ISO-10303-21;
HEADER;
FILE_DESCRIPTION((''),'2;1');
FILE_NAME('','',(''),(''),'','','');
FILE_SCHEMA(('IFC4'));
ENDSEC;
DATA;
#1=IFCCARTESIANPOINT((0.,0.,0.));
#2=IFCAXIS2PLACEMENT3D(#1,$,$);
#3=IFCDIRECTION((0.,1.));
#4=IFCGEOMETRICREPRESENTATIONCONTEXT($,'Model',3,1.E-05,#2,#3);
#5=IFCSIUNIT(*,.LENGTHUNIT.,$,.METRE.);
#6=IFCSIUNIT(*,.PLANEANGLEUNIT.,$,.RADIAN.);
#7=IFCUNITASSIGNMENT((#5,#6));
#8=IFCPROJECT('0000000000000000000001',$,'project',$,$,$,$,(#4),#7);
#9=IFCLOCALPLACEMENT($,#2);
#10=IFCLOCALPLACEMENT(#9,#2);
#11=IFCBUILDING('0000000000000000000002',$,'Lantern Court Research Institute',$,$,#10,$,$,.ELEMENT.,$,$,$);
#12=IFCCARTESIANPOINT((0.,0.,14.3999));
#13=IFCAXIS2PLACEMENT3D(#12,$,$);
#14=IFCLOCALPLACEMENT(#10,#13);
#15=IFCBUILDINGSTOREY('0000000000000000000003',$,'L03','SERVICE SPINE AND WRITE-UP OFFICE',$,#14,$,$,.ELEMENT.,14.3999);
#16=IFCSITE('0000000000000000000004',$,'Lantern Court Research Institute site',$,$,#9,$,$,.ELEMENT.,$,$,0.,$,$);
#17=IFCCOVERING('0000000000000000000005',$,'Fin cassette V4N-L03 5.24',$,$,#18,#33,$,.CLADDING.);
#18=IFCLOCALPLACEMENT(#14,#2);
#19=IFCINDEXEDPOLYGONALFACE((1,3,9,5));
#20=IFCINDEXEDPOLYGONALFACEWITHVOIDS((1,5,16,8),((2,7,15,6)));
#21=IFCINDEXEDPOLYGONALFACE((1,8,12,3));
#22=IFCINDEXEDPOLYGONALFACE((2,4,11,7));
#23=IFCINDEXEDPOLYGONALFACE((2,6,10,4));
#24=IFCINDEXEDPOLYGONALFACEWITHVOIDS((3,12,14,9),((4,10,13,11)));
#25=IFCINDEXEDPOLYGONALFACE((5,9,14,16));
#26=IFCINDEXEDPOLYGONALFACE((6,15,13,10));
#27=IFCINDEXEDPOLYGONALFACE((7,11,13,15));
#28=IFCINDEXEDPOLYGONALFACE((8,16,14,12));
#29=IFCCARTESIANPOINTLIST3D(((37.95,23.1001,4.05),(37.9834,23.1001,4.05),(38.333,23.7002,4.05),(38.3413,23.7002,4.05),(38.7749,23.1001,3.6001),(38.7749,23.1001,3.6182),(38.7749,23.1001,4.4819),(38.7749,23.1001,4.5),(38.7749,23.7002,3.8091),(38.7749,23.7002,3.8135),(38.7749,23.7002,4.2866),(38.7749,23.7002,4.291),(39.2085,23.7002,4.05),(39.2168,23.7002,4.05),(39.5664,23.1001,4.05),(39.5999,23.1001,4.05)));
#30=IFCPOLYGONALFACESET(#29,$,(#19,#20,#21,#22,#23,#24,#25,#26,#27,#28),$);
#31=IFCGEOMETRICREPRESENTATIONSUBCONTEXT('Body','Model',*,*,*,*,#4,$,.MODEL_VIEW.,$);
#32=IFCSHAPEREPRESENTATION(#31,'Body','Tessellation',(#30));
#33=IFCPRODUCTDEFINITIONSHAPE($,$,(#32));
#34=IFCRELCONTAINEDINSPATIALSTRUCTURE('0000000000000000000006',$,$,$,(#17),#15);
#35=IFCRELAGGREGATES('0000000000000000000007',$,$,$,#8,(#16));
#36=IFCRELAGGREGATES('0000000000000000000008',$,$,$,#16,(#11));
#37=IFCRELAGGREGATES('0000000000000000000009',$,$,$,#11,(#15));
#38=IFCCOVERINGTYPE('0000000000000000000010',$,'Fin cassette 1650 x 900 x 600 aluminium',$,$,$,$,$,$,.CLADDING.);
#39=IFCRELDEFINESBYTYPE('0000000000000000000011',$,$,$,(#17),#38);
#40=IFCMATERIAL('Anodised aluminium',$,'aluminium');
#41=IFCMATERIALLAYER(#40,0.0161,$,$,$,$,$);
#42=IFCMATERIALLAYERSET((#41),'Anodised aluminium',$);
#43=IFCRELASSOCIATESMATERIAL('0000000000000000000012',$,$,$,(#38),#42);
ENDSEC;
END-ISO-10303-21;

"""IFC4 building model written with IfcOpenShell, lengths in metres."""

from ifc_helpers import new_model, entity, si_unit, direction, frame, origin, place, context, subcontext, project, spatial, material, layer, layer_set, type_object, element, save


model = new_model("IFC4")

# Units and contexts
model_context = context("Model", 3, precision=1e-05, world=origin(), true_north=direction((0.0, 1.0)))
body_context = subcontext(model_context, "Body", "Model", "MODEL_VIEW")
ifc_project = project(units=[si_unit("LENGTHUNIT", "METRE"), si_unit("PLANEANGLEUNIT", "RADIAN")], contexts=[model_context])

# Site, building, storey
site_placement = place(None, origin())
site = spatial("IfcSite", under=ifc_project, at=site_placement, Name="Lantern Court Research Institute site", CompositionType="ELEMENT", RefElevation=0.0)
building_placement = place(site_placement, origin())
building = spatial("IfcBuilding", under=site, at=building_placement, Name="Lantern Court Research Institute", CompositionType="ELEMENT")
storey_placement = place(building_placement, frame((0.0, 0.0, 14.3999)))
storey = spatial("IfcBuildingStorey", under=building, at=storey_placement, Name="L03", Description="SERVICE SPINE AND WRITE-UP OFFICE", CompositionType="ELEMENT", Elevation=14.3999)

# Covering
ifc_material_1 = material(Name="Anodised aluminium", Category="aluminium")
ifc_layer_1 = layer(ifc_material_1, 0.0161)
ifc_layer_set_1 = layer_set([ifc_layer_1], Name="Anodised aluminium")
covering_type = type_object("IfcCoveringType", Name="Fin cassette 1650 x 900 x 600 aluminium", PredefinedType="CLADDING", material=ifc_layer_set_1)
covering_1_placement = place(storey_placement, frame((38.7749, 23.1001, 4.05), z_axis=(0.0, 1.0, 0.0), x_axis=(-1.0, 0.0, 0.0)))
cartesian_point_1 = entity("IfcCartesianPoint", [0.825, 0.0])
cartesian_point_2 = entity("IfcCartesianPoint", [0.7915, 0.0])
cartesian_point_3 = entity("IfcCartesianPoint", [0.4419, 0.0])
cartesian_point_4 = entity("IfcCartesianPoint", [0.4336, 0.0])
element("IfcCovering", 1, at=covering_1_placement, inside=storey, type_object=covering_type, Name="Fin cassette V4N-L03 5.24", PredefinedType="CLADDING", context=body_context, shape_type="SweptSolid", body=[
    entity("IfcExtrudedAreaSolidTapered", entity("IfcArbitraryProfileDefWithVoids", "AREA", None, entity("IfcPolyline", [cartesian_point_1, entity("IfcCartesianPoint", [0.0, 0.45]), entity("IfcCartesianPoint", [-0.825, 0.0]), entity("IfcCartesianPoint", [0.0, -0.45]), cartesian_point_1]), [entity("IfcPolyline", [cartesian_point_2, entity("IfcCartesianPoint", [0.0, 0.4319]), entity("IfcCartesianPoint", [-0.7915, 0.0]), entity("IfcCartesianPoint", [0.0, -0.4319]), cartesian_point_2])]), entity("IfcAxis2Placement3D", entity("IfcCartesianPoint", [0.0, 0.0, 0.0])), entity("IfcDirection", [0.0, 0.0, 1.0]), 0.6001, entity("IfcArbitraryProfileDefWithVoids", "AREA", None, entity("IfcPolyline", [cartesian_point_3, entity("IfcCartesianPoint", [0.0, 0.241]), entity("IfcCartesianPoint", [-0.4419, 0.0]), entity("IfcCartesianPoint", [0.0, -0.241]), cartesian_point_3]), [entity("IfcPolyline", [cartesian_point_4, entity("IfcCartesianPoint", [0.0, 0.2366]), entity("IfcCartesianPoint", [-0.4336, 0.0]), entity("IfcCartesianPoint", [0.0, -0.2366]), cartesian_point_4])])),
])

save(model, "model.ifc")
